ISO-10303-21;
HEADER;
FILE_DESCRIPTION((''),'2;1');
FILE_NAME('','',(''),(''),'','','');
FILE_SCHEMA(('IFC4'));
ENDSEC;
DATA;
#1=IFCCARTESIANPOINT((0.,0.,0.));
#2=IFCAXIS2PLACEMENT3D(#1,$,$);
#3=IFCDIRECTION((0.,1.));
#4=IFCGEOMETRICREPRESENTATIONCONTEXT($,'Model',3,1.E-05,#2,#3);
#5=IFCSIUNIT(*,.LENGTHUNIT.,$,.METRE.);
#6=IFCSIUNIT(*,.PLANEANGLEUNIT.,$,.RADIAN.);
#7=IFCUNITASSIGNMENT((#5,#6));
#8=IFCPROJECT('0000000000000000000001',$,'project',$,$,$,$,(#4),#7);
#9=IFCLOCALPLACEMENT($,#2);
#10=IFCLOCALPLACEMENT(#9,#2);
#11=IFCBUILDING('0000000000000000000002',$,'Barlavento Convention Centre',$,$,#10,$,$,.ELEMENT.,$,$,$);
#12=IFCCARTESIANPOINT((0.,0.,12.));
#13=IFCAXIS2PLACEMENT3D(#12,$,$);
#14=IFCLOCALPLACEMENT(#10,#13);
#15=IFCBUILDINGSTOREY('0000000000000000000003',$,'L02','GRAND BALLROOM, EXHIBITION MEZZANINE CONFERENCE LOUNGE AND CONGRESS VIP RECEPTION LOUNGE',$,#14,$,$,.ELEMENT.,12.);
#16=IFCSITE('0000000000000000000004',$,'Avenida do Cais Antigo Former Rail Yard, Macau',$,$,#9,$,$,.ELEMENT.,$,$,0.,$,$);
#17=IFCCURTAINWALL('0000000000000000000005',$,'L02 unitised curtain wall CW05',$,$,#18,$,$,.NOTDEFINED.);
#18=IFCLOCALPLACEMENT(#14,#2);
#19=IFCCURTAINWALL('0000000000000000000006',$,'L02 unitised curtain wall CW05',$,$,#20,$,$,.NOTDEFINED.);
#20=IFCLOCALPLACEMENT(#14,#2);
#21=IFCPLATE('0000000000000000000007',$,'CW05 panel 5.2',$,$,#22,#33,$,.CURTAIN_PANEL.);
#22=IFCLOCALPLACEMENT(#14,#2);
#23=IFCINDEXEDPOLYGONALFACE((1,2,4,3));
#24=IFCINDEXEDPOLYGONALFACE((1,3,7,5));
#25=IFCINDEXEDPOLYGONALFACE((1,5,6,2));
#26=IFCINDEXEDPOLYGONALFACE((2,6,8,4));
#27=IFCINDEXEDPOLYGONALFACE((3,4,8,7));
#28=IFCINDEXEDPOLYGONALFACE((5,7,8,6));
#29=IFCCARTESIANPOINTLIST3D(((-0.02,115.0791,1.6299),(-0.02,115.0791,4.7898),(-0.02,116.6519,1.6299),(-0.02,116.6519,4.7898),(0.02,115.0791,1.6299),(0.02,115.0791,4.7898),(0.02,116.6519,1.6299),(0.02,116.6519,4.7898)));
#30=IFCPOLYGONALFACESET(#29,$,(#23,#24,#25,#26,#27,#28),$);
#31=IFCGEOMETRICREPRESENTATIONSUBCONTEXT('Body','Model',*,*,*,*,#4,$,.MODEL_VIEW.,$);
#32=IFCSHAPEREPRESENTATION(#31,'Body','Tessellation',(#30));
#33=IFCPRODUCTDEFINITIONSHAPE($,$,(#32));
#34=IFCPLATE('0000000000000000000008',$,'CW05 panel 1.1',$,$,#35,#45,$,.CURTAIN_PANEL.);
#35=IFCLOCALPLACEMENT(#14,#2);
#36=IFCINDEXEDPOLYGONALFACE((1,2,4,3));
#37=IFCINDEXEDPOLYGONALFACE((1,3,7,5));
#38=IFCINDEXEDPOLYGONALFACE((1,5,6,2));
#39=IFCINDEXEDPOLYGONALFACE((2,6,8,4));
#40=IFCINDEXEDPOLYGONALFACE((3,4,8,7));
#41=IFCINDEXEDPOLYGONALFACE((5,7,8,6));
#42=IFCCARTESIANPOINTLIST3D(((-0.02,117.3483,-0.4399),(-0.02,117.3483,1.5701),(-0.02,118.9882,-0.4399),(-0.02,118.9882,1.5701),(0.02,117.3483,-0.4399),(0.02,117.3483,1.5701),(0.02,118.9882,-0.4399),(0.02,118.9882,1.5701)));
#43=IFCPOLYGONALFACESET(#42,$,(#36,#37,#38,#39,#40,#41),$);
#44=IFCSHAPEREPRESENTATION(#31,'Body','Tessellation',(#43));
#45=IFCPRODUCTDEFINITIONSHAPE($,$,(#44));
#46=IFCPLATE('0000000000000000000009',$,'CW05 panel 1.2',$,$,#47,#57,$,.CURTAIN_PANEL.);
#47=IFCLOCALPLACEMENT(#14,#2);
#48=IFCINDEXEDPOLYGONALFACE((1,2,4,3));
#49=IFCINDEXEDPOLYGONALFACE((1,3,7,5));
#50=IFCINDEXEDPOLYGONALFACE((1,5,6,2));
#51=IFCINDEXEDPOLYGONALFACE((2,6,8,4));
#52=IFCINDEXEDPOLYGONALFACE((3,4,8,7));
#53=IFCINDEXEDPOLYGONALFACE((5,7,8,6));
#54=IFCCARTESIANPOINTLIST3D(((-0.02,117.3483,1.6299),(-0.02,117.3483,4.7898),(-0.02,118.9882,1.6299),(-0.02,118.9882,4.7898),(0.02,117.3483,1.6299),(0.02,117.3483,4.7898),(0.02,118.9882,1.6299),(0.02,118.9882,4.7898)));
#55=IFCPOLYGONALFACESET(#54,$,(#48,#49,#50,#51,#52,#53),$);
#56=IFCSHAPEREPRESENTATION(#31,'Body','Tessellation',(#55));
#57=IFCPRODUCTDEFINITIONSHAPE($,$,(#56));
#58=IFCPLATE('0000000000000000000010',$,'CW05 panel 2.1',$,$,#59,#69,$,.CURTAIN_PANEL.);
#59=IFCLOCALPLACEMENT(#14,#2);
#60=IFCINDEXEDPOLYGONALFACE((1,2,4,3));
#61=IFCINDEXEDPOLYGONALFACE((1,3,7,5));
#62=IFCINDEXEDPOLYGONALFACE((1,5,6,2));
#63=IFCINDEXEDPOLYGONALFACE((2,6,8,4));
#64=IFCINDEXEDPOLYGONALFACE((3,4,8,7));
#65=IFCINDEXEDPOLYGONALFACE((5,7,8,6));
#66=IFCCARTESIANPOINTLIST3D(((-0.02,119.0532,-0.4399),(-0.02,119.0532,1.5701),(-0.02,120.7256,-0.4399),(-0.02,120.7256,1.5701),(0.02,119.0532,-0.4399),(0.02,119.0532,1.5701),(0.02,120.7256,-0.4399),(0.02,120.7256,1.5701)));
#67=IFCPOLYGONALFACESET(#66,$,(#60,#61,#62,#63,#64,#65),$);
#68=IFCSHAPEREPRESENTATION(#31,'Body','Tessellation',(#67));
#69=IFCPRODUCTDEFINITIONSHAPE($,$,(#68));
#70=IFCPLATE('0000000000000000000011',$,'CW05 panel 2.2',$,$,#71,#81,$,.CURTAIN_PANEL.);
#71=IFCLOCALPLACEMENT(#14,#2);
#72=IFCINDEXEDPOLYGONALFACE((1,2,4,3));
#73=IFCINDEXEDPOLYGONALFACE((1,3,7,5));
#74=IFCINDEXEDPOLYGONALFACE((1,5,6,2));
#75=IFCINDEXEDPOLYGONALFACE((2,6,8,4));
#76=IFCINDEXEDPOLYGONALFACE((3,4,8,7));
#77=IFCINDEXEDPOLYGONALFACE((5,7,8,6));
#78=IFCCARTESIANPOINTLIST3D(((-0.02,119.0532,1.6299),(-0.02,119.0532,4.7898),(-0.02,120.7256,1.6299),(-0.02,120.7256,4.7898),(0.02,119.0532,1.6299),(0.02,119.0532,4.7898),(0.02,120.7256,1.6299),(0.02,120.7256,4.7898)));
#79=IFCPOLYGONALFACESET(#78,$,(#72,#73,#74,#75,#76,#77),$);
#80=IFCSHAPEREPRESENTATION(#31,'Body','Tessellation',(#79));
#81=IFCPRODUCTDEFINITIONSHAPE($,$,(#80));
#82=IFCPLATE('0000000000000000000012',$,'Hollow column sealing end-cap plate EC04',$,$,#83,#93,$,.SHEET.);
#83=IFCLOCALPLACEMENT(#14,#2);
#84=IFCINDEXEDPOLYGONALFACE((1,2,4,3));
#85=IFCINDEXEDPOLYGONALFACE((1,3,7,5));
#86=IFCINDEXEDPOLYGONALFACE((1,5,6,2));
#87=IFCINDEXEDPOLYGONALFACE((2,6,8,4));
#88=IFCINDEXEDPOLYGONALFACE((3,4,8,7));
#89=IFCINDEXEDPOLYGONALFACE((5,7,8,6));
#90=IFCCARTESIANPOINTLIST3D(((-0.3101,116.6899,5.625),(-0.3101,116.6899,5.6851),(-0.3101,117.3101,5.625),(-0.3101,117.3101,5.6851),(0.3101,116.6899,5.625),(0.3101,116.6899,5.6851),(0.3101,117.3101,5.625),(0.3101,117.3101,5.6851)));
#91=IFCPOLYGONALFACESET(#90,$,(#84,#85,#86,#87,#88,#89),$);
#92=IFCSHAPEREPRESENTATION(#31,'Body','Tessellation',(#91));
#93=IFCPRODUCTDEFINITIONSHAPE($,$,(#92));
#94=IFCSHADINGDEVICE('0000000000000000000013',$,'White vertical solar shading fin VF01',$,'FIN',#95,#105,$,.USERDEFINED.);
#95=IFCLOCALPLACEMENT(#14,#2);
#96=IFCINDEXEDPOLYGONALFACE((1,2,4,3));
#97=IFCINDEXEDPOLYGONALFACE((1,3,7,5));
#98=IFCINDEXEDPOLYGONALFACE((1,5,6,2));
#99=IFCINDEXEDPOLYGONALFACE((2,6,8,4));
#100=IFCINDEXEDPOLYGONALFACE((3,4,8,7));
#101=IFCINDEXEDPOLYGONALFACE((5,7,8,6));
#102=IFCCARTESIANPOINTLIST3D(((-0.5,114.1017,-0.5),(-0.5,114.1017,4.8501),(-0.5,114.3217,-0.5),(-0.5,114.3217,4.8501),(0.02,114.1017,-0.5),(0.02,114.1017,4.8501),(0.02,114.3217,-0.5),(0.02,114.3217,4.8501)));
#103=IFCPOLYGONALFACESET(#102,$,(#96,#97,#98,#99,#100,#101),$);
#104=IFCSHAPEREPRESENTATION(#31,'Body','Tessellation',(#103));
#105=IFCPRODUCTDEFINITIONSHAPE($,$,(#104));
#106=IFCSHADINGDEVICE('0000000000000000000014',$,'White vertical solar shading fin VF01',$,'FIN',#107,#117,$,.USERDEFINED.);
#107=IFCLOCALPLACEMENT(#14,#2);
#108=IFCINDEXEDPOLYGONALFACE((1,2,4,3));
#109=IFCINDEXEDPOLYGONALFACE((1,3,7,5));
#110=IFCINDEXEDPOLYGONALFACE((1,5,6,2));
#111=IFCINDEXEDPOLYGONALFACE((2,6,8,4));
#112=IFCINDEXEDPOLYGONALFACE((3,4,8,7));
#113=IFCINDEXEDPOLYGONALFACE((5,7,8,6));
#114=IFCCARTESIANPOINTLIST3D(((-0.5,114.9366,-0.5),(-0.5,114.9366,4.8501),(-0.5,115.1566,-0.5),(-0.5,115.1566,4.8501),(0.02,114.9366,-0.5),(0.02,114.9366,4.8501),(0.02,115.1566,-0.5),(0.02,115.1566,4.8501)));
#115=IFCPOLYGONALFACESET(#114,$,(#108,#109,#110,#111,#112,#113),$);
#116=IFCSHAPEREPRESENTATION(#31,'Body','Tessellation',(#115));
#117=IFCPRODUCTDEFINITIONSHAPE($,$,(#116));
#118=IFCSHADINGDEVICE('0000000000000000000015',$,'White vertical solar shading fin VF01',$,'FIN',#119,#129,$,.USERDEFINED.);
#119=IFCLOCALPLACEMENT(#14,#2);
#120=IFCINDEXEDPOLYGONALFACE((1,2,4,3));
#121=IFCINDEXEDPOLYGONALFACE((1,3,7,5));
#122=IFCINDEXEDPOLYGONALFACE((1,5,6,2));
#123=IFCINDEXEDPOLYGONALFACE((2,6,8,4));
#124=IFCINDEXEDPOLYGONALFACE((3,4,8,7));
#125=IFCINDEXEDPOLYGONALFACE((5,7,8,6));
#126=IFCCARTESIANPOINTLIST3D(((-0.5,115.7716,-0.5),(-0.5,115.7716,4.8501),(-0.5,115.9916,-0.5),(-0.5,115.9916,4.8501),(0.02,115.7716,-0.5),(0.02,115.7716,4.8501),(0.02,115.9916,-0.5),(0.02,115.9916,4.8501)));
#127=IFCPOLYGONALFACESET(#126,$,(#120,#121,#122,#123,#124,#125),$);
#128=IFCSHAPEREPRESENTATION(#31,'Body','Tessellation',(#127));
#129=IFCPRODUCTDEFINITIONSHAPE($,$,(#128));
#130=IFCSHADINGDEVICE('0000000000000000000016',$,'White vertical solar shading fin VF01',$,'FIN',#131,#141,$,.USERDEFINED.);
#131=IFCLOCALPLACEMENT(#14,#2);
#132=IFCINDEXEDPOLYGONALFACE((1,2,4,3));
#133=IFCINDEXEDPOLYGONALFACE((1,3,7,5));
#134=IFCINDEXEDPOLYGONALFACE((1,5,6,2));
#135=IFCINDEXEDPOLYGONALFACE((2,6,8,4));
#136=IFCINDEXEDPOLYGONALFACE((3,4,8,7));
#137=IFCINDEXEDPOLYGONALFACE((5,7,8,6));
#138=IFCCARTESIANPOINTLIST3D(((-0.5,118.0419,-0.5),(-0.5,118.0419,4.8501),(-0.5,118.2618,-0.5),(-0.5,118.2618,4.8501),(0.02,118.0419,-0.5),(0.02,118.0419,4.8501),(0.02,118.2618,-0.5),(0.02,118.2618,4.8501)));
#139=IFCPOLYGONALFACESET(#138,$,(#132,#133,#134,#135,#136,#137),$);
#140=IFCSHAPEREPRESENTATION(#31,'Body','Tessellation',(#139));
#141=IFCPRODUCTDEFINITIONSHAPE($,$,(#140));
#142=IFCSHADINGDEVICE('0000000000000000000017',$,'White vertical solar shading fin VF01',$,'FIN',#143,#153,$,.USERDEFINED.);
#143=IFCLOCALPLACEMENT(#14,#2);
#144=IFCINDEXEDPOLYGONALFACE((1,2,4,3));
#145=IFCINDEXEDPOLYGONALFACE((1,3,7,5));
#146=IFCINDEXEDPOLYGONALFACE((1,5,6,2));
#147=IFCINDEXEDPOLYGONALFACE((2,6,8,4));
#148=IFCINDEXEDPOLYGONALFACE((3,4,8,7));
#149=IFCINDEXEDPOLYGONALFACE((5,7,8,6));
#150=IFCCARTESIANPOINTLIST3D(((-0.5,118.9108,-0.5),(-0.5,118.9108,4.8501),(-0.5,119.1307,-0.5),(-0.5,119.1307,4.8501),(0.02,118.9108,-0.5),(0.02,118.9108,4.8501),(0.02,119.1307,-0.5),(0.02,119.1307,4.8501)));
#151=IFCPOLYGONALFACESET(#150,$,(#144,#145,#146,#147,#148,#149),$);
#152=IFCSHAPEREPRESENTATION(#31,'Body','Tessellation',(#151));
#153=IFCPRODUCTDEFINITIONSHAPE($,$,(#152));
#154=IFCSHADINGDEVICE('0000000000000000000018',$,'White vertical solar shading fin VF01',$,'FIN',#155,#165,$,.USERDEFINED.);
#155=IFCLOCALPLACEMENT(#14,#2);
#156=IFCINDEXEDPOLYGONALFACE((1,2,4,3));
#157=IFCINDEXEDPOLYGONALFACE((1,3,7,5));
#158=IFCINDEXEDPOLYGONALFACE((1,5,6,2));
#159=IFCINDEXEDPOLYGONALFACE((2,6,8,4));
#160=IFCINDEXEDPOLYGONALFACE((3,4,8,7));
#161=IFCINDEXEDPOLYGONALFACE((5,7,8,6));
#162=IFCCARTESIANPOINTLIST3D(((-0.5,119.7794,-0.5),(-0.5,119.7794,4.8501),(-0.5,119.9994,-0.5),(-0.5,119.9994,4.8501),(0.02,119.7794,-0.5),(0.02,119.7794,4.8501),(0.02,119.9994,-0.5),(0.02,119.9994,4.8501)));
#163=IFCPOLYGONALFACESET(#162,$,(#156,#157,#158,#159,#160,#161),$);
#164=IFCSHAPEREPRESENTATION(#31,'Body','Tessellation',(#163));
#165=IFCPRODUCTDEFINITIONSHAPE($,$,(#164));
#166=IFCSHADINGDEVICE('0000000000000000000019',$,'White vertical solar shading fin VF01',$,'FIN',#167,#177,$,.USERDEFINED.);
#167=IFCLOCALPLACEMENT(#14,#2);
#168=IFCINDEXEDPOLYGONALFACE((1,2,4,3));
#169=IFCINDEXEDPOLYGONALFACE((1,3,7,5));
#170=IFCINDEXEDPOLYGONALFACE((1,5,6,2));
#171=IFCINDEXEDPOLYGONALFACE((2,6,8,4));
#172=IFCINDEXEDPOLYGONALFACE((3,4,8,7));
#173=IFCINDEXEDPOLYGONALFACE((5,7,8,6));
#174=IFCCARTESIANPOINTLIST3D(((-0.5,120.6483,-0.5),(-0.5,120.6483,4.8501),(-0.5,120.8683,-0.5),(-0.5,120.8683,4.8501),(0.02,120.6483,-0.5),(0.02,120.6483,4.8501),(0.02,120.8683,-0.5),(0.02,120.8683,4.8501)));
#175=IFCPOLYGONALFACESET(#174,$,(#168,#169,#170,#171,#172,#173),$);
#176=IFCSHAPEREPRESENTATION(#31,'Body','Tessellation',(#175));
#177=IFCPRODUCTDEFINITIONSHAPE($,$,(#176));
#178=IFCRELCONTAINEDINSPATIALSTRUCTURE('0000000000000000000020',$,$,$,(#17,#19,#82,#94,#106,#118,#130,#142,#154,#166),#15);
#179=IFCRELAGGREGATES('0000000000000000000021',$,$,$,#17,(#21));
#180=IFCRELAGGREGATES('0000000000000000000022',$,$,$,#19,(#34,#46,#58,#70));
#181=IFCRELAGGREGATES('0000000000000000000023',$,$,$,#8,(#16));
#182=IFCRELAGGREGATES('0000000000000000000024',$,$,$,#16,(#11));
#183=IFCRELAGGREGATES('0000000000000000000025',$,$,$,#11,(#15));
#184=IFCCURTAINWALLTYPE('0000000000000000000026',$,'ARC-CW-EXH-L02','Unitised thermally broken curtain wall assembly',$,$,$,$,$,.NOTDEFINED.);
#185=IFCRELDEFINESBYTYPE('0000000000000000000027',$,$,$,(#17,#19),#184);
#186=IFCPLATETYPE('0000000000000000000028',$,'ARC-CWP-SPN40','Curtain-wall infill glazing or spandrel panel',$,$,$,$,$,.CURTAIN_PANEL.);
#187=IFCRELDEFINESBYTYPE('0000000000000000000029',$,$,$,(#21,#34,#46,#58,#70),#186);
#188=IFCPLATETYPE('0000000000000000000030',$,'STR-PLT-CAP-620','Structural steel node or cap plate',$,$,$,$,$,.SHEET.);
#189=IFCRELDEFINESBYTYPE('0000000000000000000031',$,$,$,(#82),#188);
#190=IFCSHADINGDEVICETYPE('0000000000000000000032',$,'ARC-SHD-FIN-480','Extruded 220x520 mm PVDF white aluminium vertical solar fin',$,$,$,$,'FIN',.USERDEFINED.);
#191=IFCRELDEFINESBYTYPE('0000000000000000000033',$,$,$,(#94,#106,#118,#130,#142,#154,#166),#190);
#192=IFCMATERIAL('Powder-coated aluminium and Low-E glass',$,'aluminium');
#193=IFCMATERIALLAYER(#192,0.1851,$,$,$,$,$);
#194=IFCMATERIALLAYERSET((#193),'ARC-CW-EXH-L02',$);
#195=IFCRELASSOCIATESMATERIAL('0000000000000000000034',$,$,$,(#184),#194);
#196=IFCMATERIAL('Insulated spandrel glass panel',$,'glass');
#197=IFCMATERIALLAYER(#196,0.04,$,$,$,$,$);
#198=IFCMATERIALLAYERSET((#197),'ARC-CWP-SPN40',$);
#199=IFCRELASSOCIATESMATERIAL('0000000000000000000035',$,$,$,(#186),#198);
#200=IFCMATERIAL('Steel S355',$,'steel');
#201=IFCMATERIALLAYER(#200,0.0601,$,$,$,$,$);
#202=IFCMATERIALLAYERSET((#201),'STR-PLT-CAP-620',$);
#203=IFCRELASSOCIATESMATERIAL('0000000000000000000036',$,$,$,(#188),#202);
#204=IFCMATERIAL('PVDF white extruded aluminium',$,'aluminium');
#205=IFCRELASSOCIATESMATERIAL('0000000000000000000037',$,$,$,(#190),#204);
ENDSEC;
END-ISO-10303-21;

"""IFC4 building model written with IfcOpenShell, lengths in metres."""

from ifc_helpers import new_model, si_unit, direction, frame, origin, origin_2d, place, context, subcontext, project, spatial, rectangle, extrude, material, layer, layer_set, type_object, element, aggregate, save


model = new_model("IFC4")

# Units and contexts
model_context = context("Model", 3, precision=1e-05, world=origin(), true_north=direction((0.0, 1.0)))
body_context = subcontext(model_context, "Body", "Model", "MODEL_VIEW")
ifc_project = project(units=[si_unit("LENGTHUNIT", "METRE"), si_unit("PLANEANGLEUNIT", "RADIAN")], contexts=[model_context])

# Site, building, storey
site_placement = place(None, origin())
site = spatial("IfcSite", under=ifc_project, at=site_placement, Name="Avenida do Cais Antigo Former Rail Yard, Macau", CompositionType="ELEMENT", RefElevation=0.0)
building_placement = place(site_placement, origin())
building = spatial("IfcBuilding", under=site, at=building_placement, Name="Barlavento Convention Centre", CompositionType="ELEMENT")
storey_placement = place(building_placement, frame((0.0, 0.0, 12.0)))
storey = spatial("IfcBuildingStorey", under=building, at=storey_placement, Name="L02", Description="GRAND BALLROOM, EXHIBITION MEZZANINE CONFERENCE LOUNGE AND CONGRESS VIP RECEPTION LOUNGE", CompositionType="ELEMENT", Elevation=12.0)

# Shared definitions
ifc_material_1 = material(Name="Steel S355", Category="steel")

# Curtain walls
ifc_material_2 = material(Name="Powder-coated aluminium and Low-E glass", Category="aluminium")
ifc_layer_1 = layer(ifc_material_2, 0.1851)
ifc_layer_set_1 = layer_set([ifc_layer_1], Name="ARC-CW-EXH-L02")
curtain_wall_type = type_object("IfcCurtainWallType", Name="ARC-CW-EXH-L02", Description="Unitised thermally broken curtain wall assembly", PredefinedType="NOTDEFINED", material=ifc_layer_set_1)
curtain_wall_1_placement = place(storey_placement, origin())
curtain_wall_1 = element("IfcCurtainWall", 1, at=curtain_wall_1_placement, inside=storey, type_object=curtain_wall_type, Name="L02 unitised curtain wall CW05", PredefinedType="NOTDEFINED")
curtain_wall_2_placement = place(storey_placement, origin())
curtain_wall_2 = element("IfcCurtainWall", 2, at=curtain_wall_2_placement, inside=storey, type_object=curtain_wall_type, Name="L02 unitised curtain wall CW05", PredefinedType="NOTDEFINED")

# Plates
ifc_material_3 = material(Name="Insulated spandrel glass panel", Category="glass")
ifc_layer_2 = layer(ifc_material_3, 0.04)
ifc_layer_set_2 = layer_set([ifc_layer_2], Name="ARC-CWP-SPN40")
plate_type_1 = type_object("IfcPlateType", Name="ARC-CWP-SPN40", Description="Curtain-wall infill glazing or spandrel panel", PredefinedType="CURTAIN_PANEL", material=ifc_layer_set_2)
plate_1_placement = place(storey_placement, frame((0.0, 115.8655, 1.6299), z_axis=(0.0, 0.0, 1.0), x_axis=(0.0, 1.0, 0.0)))
plate_1 = element("IfcPlate", 3, at=plate_1_placement, type_object=plate_type_1, Name="CW05 panel 5.2", PredefinedType="CURTAIN_PANEL", context=body_context, shape_type="SweptSolid", body=[
    extrude(rectangle(XDim=1.5728, YDim=0.04, at=origin_2d()), origin(), (0.0, 0.0, 1.0), 3.1599),
])
aggregate(curtain_wall_1, [plate_1])
plate_2_placement = place(storey_placement, frame((0.0, 118.1682, -0.4399), z_axis=(0.0, 0.0, 1.0), x_axis=(0.0, 1.0, 0.0)))
plate_2 = element("IfcPlate", 4, at=plate_2_placement, type_object=plate_type_1, Name="CW05 panel 1.1", PredefinedType="CURTAIN_PANEL", context=body_context, shape_type="SweptSolid", body=[
    extrude(rectangle(XDim=1.6399, YDim=0.04, at=origin_2d()), origin(), (0.0, 0.0, 1.0), 2.01),
])
plate_3_placement = place(storey_placement, frame((0.0, 118.1682, 1.6299), z_axis=(0.0, 0.0, 1.0), x_axis=(0.0, 1.0, 0.0)))
plate_3 = element("IfcPlate", 5, at=plate_3_placement, type_object=plate_type_1, Name="CW05 panel 1.2", PredefinedType="CURTAIN_PANEL", context=body_context, shape_type="SweptSolid", body=[
    extrude(rectangle(XDim=1.6399, YDim=0.04, at=origin_2d()), origin(), (0.0, 0.0, 1.0), 3.1599),
])
plate_4_placement = place(storey_placement, frame((0.0, 119.8894, -0.4399), z_axis=(0.0, 0.0, 1.0), x_axis=(0.0, 1.0, 0.0)))
plate_4 = element("IfcPlate", 6, at=plate_4_placement, type_object=plate_type_1, Name="CW05 panel 2.1", PredefinedType="CURTAIN_PANEL", context=body_context, shape_type="SweptSolid", body=[
    extrude(rectangle(XDim=1.6724, YDim=0.04, at=origin_2d()), origin(), (0.0, 0.0, 1.0), 2.01),
])
plate_5_placement = place(storey_placement, frame((0.0, 119.8894, 1.6299), z_axis=(0.0, 0.0, 1.0), x_axis=(0.0, 1.0, 0.0)))
plate_5 = element("IfcPlate", 7, at=plate_5_placement, type_object=plate_type_1, Name="CW05 panel 2.2", PredefinedType="CURTAIN_PANEL", context=body_context, shape_type="SweptSolid", body=[
    extrude(rectangle(XDim=1.6724, YDim=0.04, at=origin_2d()), origin(), (0.0, 0.0, 1.0), 3.1599),
])
aggregate(curtain_wall_2, [plate_2, plate_3, plate_4, plate_5])
ifc_layer_3 = layer(ifc_material_1, 0.0601)
ifc_layer_set_3 = layer_set([ifc_layer_3], Name="STR-PLT-CAP-620")
plate_type_2 = type_object("IfcPlateType", Name="STR-PLT-CAP-620", Description="Structural steel node or cap plate", PredefinedType="SHEET", material=ifc_layer_set_3)
plate_6_placement = place(storey_placement, frame((0.0, 117.0, 5.625), z_axis=(0.0, 0.0, 1.0), x_axis=(1.0, 0.0, 0.0)))
element("IfcPlate", 8, at=plate_6_placement, inside=storey, type_object=plate_type_2, Name="Hollow column sealing end-cap plate EC04", PredefinedType="SHEET", context=body_context, shape_type="SweptSolid", body=[
    extrude(rectangle(XDim=0.6201, YDim=0.6201, at=origin_2d()), origin(), (0.0, 0.0, 1.0), 0.0601),
])

# Shading devices
ifc_material_4 = material(Name="PVDF white extruded aluminium", Category="aluminium")
shading_device_type = type_object("IfcShadingDeviceType", Name="ARC-SHD-FIN-480", Description="Extruded 220x520 mm PVDF white aluminium vertical solar fin", ElementType="FIN", PredefinedType="USERDEFINED", material=ifc_material_4)
for number, where, z_axis, x_axis, name in (
    (9, (-0.24, 114.2117, -0.5), (0.0, 0.0, 1.0), (0.0, 1.0, 0.0), "White vertical solar shading fin VF01"),
    (10, (-0.24, 115.0466, -0.5), (0.0, 0.0, 1.0), (0.0, 1.0, 0.0), "White vertical solar shading fin VF01"),
    (11, (-0.24, 115.8816, -0.5), (0.0, 0.0, 1.0), (0.0, 1.0, 0.0), "White vertical solar shading fin VF01"),
    (12, (-0.24, 118.1519, -0.5), (0.0, 0.0, 1.0), (0.0, 1.0, 0.0), "White vertical solar shading fin VF01"),
    (13, (-0.24, 119.0208, -0.5), (0.0, 0.0, 1.0), (0.0, 1.0, 0.0), "White vertical solar shading fin VF01"),
    (14, (-0.24, 119.8894, -0.5), (0.0, 0.0, 1.0), (0.0, 1.0, 0.0), "White vertical solar shading fin VF01"),
    (15, (-0.24, 120.7583, -0.5), (0.0, 0.0, 1.0), (0.0, 1.0, 0.0), "White vertical solar shading fin VF01"),
):
    element("IfcShadingDevice", number, at=place(storey_placement, frame(where, z_axis=z_axis, x_axis=x_axis)), inside=storey, type_object=shading_device_type, Name=name, ObjectType="FIN", PredefinedType="USERDEFINED", context=body_context, shape_type="SweptSolid", body=[
        extrude(rectangle(XDim=0.22, YDim=0.52, at=origin_2d()), origin(), (0.0, 0.0, 1.0), 5.3501),
    ])

save(model, "model.ifc")
